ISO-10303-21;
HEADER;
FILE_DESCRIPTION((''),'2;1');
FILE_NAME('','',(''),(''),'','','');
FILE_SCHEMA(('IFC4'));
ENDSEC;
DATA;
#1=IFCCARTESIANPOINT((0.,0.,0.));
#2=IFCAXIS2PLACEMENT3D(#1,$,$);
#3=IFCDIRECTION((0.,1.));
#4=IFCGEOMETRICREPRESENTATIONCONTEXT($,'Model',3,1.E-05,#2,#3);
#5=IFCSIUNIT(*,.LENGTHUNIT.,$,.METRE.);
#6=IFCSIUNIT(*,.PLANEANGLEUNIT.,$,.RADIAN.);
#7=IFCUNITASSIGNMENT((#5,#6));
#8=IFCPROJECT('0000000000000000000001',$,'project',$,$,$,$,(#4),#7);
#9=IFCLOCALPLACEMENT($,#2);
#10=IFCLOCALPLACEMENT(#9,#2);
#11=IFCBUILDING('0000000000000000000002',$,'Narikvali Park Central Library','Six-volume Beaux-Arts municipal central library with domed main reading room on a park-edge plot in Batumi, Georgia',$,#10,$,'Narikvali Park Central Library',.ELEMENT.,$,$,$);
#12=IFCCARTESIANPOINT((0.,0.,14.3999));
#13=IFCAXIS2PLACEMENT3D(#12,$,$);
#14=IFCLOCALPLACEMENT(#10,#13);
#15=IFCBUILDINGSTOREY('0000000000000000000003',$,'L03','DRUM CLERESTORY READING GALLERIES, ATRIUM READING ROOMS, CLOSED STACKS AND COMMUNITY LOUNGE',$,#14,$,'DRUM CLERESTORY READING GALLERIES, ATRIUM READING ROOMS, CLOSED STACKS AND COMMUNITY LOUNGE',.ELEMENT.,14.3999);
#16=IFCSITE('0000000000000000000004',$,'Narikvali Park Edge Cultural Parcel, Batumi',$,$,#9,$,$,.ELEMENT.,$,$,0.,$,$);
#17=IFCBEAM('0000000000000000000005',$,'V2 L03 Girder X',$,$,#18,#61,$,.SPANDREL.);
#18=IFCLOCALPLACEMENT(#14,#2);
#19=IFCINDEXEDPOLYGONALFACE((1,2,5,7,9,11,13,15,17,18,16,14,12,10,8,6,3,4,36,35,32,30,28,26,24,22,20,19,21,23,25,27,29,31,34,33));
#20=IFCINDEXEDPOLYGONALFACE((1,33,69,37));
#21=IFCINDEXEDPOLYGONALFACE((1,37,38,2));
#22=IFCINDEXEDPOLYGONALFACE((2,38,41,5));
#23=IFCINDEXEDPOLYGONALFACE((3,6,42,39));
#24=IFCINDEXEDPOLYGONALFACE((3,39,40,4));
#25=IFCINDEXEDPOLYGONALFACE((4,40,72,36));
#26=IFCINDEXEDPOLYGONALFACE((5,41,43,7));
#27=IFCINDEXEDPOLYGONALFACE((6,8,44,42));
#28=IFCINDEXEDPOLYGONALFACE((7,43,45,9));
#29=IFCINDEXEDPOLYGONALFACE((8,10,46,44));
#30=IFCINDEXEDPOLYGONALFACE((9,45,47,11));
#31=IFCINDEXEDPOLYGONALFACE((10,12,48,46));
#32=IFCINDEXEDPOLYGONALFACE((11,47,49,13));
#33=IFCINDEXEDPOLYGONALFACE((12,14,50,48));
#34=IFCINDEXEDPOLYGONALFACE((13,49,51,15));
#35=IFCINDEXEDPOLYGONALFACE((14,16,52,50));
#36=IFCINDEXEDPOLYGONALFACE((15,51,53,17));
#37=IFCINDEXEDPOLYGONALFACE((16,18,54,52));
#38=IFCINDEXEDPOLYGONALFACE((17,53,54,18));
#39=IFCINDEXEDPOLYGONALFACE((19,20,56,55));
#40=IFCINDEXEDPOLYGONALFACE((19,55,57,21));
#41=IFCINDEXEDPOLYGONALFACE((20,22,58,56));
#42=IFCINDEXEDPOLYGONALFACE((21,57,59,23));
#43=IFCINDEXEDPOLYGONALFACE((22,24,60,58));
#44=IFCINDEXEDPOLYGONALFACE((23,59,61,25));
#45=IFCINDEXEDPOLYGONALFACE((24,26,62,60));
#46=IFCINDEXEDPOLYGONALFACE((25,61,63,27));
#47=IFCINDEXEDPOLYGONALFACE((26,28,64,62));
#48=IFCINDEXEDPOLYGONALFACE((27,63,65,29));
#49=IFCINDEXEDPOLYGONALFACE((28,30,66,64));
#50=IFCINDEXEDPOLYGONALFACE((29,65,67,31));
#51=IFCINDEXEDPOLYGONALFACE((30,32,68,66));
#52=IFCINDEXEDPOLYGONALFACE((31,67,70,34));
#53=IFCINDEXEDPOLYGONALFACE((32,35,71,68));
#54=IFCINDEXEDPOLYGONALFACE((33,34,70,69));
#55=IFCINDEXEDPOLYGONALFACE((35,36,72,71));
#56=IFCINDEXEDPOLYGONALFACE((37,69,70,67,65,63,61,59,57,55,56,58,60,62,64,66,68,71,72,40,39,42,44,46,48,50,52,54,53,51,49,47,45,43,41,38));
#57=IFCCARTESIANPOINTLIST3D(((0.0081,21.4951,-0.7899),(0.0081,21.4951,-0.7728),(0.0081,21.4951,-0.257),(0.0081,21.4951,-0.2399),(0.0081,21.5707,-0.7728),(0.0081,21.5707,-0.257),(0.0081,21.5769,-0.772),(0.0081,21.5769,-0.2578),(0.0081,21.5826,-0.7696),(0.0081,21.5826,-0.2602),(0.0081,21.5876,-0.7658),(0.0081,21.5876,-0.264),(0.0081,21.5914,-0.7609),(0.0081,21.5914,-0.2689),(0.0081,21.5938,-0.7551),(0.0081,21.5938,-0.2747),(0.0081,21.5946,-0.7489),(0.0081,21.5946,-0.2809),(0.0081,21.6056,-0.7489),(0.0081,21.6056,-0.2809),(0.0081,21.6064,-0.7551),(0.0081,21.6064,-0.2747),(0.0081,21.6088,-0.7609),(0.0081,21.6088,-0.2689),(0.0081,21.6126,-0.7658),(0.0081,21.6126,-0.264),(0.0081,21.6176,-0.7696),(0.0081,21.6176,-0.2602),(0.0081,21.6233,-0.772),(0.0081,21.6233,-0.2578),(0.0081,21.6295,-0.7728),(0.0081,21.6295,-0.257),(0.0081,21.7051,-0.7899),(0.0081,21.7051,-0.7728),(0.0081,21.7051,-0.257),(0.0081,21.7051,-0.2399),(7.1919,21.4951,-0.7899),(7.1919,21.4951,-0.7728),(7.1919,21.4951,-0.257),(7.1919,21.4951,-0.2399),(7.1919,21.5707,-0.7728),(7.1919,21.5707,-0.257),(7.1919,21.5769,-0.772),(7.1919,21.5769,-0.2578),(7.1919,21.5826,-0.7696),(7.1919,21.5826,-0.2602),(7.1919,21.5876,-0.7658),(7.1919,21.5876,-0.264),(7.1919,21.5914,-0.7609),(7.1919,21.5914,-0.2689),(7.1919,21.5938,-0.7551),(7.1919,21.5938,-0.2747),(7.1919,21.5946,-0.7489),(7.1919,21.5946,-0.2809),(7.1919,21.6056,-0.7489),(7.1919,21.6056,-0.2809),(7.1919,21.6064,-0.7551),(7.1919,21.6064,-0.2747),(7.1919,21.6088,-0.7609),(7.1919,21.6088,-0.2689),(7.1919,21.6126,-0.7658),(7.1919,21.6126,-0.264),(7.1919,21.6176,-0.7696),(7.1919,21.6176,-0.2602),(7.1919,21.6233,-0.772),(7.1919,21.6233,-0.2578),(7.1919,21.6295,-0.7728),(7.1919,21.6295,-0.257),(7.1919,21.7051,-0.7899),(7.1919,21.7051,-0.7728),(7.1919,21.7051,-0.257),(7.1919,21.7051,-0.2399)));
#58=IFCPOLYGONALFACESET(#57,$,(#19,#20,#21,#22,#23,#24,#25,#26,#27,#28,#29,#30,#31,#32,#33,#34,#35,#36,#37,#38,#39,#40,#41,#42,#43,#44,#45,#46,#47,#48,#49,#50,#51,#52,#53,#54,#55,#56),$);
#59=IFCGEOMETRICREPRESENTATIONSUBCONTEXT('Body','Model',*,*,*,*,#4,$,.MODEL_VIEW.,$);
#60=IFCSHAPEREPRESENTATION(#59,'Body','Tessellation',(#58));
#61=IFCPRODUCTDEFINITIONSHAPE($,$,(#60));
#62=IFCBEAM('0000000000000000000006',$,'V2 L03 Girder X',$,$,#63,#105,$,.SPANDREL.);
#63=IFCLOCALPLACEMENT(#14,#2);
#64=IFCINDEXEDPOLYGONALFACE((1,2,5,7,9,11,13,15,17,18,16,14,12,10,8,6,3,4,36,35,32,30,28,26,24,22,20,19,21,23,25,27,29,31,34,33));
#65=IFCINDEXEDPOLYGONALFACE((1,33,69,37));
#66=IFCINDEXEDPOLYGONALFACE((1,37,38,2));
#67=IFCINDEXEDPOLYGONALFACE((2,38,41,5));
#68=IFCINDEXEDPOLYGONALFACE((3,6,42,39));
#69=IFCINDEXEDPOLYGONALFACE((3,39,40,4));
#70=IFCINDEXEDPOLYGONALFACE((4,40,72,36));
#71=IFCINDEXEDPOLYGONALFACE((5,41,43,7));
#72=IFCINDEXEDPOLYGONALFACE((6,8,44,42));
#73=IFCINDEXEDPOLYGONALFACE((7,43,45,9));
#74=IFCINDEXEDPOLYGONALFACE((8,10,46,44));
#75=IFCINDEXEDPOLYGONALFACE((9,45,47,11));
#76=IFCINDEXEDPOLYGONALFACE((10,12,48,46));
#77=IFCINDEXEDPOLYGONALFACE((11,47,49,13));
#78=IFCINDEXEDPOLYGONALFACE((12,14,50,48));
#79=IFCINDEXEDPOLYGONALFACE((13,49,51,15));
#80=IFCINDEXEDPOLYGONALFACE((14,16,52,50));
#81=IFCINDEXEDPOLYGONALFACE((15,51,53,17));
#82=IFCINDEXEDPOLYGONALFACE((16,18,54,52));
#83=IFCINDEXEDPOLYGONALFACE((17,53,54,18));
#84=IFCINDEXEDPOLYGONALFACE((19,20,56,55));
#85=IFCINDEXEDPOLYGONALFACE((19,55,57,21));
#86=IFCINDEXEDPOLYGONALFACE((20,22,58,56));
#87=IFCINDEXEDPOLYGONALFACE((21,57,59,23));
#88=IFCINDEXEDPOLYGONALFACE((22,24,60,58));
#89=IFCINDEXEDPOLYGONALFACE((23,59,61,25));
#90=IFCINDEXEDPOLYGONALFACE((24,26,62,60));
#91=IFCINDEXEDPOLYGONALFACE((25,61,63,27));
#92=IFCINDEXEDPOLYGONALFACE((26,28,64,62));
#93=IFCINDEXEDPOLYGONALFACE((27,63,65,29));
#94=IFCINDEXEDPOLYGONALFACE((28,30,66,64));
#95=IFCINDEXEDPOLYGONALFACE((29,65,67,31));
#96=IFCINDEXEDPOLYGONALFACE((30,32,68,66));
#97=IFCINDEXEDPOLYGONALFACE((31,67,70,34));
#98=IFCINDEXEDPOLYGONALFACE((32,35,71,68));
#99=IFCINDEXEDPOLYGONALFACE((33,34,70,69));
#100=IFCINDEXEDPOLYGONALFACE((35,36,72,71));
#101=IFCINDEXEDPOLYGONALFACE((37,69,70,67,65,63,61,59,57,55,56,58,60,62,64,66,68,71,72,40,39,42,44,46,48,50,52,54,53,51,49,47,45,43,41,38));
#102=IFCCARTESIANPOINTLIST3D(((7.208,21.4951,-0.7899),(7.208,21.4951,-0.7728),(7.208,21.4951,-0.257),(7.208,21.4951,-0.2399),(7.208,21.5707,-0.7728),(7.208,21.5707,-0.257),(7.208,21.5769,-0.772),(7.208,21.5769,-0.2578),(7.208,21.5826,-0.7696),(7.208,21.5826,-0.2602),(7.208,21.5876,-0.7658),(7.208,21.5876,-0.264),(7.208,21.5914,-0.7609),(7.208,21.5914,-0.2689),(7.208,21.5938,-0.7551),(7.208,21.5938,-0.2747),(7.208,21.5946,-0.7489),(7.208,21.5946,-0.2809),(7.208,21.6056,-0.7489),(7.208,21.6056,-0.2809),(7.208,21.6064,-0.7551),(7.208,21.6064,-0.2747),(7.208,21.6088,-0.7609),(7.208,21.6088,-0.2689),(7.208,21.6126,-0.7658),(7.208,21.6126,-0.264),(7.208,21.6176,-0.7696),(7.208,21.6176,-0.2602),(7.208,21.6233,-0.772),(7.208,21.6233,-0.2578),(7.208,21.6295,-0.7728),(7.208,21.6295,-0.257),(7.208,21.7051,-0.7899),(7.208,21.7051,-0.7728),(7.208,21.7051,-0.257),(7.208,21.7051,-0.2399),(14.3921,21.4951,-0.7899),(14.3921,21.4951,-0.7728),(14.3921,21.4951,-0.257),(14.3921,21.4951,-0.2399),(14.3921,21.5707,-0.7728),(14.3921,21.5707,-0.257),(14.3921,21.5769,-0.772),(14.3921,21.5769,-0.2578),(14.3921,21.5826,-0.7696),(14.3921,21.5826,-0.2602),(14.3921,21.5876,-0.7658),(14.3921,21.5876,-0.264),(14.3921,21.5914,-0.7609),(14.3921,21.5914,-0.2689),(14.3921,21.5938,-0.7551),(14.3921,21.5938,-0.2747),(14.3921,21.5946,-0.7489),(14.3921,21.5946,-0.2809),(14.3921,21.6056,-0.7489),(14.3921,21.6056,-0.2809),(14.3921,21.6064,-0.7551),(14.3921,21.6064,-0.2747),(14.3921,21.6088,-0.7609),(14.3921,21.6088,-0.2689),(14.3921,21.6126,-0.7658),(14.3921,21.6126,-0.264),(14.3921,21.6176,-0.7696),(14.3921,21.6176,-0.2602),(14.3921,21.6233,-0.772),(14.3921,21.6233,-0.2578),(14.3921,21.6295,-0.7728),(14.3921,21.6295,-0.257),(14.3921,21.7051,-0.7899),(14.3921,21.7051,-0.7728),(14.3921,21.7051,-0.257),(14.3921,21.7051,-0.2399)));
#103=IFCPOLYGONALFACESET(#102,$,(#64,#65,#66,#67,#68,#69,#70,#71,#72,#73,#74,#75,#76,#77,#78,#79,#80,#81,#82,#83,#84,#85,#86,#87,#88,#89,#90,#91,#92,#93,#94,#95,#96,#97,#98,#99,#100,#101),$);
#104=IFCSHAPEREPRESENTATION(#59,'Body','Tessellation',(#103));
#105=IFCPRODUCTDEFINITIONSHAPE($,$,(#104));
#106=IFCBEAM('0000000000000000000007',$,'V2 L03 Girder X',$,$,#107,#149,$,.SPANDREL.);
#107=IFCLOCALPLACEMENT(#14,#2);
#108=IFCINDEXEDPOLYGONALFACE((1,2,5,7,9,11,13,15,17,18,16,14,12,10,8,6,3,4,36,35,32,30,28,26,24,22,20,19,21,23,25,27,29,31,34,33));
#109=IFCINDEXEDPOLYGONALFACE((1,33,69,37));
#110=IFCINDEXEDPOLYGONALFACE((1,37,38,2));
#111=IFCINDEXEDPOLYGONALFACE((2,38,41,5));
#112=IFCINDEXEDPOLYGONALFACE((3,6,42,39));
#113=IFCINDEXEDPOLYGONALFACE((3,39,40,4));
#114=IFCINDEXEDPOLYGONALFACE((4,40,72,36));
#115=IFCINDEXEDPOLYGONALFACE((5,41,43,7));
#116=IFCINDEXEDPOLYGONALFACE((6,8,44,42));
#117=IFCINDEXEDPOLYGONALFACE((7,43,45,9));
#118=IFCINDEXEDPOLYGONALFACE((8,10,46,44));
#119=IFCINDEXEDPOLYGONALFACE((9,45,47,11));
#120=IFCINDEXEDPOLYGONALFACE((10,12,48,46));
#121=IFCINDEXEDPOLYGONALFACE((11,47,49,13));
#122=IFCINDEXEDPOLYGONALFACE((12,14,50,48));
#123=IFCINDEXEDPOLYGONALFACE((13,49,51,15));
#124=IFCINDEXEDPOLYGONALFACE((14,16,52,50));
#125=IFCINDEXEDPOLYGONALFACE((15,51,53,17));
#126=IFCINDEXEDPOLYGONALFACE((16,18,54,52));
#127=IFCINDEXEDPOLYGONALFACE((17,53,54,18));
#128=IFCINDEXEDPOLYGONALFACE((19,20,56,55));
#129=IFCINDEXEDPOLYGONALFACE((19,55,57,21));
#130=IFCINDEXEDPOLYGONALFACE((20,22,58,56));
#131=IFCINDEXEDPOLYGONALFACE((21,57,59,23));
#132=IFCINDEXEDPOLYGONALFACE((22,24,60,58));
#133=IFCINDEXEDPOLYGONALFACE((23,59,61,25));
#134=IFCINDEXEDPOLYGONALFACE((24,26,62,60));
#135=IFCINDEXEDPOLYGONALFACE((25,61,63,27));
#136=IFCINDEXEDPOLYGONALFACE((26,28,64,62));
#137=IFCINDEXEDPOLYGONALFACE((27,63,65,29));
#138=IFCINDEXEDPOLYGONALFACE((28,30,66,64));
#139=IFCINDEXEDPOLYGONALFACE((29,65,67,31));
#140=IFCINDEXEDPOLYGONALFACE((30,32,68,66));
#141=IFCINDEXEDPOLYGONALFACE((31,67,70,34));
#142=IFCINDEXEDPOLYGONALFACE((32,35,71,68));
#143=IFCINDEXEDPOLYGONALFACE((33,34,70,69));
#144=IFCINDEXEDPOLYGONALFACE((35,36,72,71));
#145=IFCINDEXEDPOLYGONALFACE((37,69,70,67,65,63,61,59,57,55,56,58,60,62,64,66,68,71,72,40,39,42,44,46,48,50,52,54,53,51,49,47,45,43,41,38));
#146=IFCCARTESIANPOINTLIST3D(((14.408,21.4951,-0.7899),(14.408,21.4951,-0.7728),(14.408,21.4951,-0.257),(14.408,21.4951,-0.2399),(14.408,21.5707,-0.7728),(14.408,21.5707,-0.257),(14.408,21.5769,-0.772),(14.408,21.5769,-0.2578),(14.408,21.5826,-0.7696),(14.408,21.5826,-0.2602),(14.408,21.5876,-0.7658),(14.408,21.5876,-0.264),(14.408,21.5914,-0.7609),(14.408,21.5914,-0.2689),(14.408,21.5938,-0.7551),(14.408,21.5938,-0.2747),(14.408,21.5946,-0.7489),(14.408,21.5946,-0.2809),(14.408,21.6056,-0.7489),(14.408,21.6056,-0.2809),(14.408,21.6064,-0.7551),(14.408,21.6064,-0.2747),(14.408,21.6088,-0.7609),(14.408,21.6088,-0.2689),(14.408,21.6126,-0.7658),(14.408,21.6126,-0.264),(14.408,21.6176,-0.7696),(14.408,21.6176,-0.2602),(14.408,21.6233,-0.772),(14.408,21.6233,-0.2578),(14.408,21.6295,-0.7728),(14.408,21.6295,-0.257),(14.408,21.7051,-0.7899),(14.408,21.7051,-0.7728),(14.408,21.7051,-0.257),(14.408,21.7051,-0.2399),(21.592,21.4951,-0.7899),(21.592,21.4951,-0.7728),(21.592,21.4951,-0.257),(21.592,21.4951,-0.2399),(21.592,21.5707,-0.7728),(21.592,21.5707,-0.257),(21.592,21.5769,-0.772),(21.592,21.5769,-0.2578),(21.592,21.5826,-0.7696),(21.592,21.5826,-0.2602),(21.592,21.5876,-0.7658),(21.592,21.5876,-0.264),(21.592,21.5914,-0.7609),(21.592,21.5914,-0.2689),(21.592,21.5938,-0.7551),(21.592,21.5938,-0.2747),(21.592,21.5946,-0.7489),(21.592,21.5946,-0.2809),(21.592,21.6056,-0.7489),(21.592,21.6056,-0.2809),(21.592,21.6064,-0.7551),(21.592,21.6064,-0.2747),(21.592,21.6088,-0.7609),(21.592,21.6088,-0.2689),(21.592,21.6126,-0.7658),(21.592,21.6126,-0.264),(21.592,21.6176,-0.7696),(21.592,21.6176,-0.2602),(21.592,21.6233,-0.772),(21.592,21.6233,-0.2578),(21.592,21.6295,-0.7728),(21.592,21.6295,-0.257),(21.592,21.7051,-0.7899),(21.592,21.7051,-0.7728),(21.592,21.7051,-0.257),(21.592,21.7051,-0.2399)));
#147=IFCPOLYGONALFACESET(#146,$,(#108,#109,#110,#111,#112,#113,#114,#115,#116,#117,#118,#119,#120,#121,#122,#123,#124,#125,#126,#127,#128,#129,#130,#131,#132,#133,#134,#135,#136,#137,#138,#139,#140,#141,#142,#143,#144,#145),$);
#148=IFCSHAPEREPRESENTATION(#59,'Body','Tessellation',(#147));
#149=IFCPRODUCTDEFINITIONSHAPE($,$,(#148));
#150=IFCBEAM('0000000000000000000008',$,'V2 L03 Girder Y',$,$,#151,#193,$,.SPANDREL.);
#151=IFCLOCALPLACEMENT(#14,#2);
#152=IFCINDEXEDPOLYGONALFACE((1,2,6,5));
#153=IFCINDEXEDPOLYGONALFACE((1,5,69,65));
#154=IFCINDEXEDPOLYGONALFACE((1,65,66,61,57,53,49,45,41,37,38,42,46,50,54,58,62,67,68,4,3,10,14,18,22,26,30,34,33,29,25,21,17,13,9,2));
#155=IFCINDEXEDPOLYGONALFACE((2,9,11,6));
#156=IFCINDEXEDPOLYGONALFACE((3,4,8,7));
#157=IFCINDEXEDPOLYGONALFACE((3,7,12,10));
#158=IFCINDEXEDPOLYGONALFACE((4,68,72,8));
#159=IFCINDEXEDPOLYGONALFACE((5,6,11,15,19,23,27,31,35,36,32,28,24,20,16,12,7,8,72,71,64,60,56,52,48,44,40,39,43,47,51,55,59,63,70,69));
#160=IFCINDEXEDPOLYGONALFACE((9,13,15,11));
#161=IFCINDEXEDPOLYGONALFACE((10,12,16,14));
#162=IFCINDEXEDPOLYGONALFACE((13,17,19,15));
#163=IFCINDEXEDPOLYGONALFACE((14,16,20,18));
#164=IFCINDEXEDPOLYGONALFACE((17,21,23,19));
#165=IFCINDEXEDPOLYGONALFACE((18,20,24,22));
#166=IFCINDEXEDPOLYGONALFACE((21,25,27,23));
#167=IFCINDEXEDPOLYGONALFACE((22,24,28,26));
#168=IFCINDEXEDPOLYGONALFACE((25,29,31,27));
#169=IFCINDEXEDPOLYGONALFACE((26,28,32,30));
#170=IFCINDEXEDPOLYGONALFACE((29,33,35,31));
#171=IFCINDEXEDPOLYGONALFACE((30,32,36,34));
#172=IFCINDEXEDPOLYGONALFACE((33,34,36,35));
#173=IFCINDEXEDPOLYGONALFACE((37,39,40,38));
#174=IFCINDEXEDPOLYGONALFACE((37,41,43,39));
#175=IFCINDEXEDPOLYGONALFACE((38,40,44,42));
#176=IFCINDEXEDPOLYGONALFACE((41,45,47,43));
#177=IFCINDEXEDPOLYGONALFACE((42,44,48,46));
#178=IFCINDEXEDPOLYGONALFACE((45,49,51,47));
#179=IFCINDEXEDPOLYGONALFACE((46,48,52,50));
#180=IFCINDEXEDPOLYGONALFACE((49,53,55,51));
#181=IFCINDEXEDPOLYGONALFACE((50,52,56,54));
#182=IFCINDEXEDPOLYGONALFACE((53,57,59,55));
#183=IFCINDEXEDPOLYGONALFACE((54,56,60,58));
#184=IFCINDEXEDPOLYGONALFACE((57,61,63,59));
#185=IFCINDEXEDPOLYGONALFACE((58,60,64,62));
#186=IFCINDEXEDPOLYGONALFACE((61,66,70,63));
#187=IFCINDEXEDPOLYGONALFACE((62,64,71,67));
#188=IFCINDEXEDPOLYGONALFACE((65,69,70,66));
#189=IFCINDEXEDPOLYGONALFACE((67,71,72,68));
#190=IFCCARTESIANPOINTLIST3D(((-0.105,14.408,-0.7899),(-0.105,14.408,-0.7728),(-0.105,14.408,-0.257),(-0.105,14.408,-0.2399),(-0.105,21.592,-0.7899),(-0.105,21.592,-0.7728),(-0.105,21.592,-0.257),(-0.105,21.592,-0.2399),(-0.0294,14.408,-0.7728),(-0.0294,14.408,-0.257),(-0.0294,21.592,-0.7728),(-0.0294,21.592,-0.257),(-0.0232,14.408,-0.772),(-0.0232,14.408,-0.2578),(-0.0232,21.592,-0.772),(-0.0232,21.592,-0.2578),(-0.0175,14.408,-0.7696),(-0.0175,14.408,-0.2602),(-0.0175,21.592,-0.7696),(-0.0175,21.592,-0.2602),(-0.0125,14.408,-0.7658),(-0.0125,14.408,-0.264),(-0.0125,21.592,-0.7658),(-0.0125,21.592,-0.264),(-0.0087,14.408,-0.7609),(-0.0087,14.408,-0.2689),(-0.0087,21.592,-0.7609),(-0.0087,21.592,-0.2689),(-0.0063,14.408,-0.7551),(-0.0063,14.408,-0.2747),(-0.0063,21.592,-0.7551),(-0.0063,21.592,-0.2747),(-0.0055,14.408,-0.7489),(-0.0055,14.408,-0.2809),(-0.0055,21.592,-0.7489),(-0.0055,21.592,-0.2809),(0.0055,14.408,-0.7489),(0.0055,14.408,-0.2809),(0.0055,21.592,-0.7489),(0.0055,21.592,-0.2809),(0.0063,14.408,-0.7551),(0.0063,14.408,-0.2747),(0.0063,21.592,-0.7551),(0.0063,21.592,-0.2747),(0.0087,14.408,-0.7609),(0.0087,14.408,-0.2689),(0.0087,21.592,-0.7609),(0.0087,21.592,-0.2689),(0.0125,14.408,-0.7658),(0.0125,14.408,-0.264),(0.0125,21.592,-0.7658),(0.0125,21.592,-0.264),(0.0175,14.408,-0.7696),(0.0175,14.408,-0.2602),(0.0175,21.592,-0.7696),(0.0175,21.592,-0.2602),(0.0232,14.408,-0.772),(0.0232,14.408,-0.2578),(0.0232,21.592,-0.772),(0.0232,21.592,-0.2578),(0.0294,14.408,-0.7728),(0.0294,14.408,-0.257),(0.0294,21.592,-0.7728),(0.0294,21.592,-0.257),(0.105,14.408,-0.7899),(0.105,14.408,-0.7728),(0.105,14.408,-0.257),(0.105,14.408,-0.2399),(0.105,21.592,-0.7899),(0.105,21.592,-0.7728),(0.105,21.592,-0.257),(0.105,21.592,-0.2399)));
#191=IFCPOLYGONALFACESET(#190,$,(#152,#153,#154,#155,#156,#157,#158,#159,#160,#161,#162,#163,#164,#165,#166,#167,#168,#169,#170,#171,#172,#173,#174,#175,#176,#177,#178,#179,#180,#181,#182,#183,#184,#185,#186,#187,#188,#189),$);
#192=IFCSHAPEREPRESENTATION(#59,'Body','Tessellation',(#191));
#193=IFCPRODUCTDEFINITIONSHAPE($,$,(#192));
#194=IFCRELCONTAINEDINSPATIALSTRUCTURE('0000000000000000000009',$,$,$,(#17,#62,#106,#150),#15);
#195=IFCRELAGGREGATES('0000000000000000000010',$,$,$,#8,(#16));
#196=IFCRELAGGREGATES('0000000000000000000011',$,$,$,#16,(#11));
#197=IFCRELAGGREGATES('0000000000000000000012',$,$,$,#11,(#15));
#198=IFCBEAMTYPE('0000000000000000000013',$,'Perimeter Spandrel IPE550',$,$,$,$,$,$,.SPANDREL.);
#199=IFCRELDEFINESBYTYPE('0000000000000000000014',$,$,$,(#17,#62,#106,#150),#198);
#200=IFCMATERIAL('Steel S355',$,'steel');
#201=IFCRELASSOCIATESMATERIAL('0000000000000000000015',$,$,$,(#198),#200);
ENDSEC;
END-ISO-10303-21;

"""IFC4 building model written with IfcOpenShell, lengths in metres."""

from ifc_helpers import new_model, si_unit, direction, frame, origin, origin_2d, place, context, subcontext, project, spatial, i_section, extrude, material, material_profile, profile_set, type_object, element, save


model = new_model("IFC4")

# Units and contexts
model_context = context("Model", 3, precision=1e-05, world=origin(), true_north=direction((0.0, 1.0)))
body_context = subcontext(model_context, "Body", "Model", "MODEL_VIEW")
ifc_project = project(units=[si_unit("LENGTHUNIT", "METRE"), si_unit("PLANEANGLEUNIT", "RADIAN")], contexts=[model_context])

# Site, building, storey
site_placement = place(None, origin())
site = spatial("IfcSite", under=ifc_project, at=site_placement, Name="Narikvali Park Edge Cultural Parcel, Batumi", CompositionType="ELEMENT", RefElevation=0.0)
building_placement = place(site_placement, origin())
building = spatial("IfcBuilding", under=site, at=building_placement, Name="Narikvali Park Central Library", Description="Six-volume Beaux-Arts municipal central library with domed main reading room on a park-edge plot in Batumi, Georgia", LongName="Narikvali Park Central Library", CompositionType="ELEMENT")
storey_placement = place(building_placement, frame((0.0, 0.0, 14.3999)))
storey = spatial("IfcBuildingStorey", under=building, at=storey_placement, Name="L03", Description="DRUM CLERESTORY READING GALLERIES, ATRIUM READING ROOMS, CLOSED STACKS AND COMMUNITY LOUNGE", LongName="DRUM CLERESTORY READING GALLERIES, ATRIUM READING ROOMS, CLOSED STACKS AND COMMUNITY LOUNGE", CompositionType="ELEMENT", Elevation=14.3999)

# Shared definitions
ifc_material_1 = material(Name="Steel S355", Category="steel")

# Beams
ifc_material_profile_1 = material_profile(ifc_material_1, i_section(OverallWidth=0.21, OverallDepth=0.55, WebThickness=0.011, FlangeThickness=0.0171, FilletRadius=0.0239, at=origin_2d()), Name="IPE 550")
ifc_profile_set_1 = profile_set([ifc_material_profile_1], Name="Steel S355")
beam_type_1 = type_object("IfcBeamType", Name="Perimeter Spandrel IPE550", PredefinedType="SPANDREL", material=ifc_profile_set_1)
beam_1_placement = place(storey_placement, frame((0.0081, 21.6001, -0.5149), z_axis=(1.0, 0.0, 0.0), x_axis=(0.0, 1.0, 0.0)))
element("IfcBeam", 1, at=beam_1_placement, inside=storey, type_object=beam_type_1, Name="V2 L03 Girder X", PredefinedType="SPANDREL", context=body_context, shape_type="SweptSolid", body=[
    extrude(i_section(OverallWidth=0.21, OverallDepth=0.55, WebThickness=0.011, FlangeThickness=0.0171, FilletRadius=0.0239, at=origin_2d()), origin(), (0.0, 0.0, 1.0), 7.1838),
])
for number, where, z_axis, x_axis, name in (
    (2, (7.208, 21.6001, -0.5149), (1.0, 0.0, 0.0), (0.0, 1.0, 0.0), "V2 L03 Girder X"),
    (3, (14.408, 21.6001, -0.5149), (1.0, 0.0, 0.0), (0.0, 1.0, 0.0), "V2 L03 Girder X"),
    (4, (0.0, 14.408, -0.5149), (0.0, 1.0, 0.0), (-1.0, 0.0, 0.0), "V2 L03 Girder Y"),
):
    element("IfcBeam", number, at=place(storey_placement, frame(where, z_axis=z_axis, x_axis=x_axis)), inside=storey, type_object=beam_type_1, Name=name, PredefinedType="SPANDREL", context=body_context, shape_type="SweptSolid", body=[
        extrude(i_section(OverallWidth=0.21, OverallDepth=0.55, WebThickness=0.011, FlangeThickness=0.0171, FilletRadius=0.0239, at=origin_2d()), origin(), (0.0, 0.0, 1.0), 7.1841),
    ])

save(model, "model.ifc")
